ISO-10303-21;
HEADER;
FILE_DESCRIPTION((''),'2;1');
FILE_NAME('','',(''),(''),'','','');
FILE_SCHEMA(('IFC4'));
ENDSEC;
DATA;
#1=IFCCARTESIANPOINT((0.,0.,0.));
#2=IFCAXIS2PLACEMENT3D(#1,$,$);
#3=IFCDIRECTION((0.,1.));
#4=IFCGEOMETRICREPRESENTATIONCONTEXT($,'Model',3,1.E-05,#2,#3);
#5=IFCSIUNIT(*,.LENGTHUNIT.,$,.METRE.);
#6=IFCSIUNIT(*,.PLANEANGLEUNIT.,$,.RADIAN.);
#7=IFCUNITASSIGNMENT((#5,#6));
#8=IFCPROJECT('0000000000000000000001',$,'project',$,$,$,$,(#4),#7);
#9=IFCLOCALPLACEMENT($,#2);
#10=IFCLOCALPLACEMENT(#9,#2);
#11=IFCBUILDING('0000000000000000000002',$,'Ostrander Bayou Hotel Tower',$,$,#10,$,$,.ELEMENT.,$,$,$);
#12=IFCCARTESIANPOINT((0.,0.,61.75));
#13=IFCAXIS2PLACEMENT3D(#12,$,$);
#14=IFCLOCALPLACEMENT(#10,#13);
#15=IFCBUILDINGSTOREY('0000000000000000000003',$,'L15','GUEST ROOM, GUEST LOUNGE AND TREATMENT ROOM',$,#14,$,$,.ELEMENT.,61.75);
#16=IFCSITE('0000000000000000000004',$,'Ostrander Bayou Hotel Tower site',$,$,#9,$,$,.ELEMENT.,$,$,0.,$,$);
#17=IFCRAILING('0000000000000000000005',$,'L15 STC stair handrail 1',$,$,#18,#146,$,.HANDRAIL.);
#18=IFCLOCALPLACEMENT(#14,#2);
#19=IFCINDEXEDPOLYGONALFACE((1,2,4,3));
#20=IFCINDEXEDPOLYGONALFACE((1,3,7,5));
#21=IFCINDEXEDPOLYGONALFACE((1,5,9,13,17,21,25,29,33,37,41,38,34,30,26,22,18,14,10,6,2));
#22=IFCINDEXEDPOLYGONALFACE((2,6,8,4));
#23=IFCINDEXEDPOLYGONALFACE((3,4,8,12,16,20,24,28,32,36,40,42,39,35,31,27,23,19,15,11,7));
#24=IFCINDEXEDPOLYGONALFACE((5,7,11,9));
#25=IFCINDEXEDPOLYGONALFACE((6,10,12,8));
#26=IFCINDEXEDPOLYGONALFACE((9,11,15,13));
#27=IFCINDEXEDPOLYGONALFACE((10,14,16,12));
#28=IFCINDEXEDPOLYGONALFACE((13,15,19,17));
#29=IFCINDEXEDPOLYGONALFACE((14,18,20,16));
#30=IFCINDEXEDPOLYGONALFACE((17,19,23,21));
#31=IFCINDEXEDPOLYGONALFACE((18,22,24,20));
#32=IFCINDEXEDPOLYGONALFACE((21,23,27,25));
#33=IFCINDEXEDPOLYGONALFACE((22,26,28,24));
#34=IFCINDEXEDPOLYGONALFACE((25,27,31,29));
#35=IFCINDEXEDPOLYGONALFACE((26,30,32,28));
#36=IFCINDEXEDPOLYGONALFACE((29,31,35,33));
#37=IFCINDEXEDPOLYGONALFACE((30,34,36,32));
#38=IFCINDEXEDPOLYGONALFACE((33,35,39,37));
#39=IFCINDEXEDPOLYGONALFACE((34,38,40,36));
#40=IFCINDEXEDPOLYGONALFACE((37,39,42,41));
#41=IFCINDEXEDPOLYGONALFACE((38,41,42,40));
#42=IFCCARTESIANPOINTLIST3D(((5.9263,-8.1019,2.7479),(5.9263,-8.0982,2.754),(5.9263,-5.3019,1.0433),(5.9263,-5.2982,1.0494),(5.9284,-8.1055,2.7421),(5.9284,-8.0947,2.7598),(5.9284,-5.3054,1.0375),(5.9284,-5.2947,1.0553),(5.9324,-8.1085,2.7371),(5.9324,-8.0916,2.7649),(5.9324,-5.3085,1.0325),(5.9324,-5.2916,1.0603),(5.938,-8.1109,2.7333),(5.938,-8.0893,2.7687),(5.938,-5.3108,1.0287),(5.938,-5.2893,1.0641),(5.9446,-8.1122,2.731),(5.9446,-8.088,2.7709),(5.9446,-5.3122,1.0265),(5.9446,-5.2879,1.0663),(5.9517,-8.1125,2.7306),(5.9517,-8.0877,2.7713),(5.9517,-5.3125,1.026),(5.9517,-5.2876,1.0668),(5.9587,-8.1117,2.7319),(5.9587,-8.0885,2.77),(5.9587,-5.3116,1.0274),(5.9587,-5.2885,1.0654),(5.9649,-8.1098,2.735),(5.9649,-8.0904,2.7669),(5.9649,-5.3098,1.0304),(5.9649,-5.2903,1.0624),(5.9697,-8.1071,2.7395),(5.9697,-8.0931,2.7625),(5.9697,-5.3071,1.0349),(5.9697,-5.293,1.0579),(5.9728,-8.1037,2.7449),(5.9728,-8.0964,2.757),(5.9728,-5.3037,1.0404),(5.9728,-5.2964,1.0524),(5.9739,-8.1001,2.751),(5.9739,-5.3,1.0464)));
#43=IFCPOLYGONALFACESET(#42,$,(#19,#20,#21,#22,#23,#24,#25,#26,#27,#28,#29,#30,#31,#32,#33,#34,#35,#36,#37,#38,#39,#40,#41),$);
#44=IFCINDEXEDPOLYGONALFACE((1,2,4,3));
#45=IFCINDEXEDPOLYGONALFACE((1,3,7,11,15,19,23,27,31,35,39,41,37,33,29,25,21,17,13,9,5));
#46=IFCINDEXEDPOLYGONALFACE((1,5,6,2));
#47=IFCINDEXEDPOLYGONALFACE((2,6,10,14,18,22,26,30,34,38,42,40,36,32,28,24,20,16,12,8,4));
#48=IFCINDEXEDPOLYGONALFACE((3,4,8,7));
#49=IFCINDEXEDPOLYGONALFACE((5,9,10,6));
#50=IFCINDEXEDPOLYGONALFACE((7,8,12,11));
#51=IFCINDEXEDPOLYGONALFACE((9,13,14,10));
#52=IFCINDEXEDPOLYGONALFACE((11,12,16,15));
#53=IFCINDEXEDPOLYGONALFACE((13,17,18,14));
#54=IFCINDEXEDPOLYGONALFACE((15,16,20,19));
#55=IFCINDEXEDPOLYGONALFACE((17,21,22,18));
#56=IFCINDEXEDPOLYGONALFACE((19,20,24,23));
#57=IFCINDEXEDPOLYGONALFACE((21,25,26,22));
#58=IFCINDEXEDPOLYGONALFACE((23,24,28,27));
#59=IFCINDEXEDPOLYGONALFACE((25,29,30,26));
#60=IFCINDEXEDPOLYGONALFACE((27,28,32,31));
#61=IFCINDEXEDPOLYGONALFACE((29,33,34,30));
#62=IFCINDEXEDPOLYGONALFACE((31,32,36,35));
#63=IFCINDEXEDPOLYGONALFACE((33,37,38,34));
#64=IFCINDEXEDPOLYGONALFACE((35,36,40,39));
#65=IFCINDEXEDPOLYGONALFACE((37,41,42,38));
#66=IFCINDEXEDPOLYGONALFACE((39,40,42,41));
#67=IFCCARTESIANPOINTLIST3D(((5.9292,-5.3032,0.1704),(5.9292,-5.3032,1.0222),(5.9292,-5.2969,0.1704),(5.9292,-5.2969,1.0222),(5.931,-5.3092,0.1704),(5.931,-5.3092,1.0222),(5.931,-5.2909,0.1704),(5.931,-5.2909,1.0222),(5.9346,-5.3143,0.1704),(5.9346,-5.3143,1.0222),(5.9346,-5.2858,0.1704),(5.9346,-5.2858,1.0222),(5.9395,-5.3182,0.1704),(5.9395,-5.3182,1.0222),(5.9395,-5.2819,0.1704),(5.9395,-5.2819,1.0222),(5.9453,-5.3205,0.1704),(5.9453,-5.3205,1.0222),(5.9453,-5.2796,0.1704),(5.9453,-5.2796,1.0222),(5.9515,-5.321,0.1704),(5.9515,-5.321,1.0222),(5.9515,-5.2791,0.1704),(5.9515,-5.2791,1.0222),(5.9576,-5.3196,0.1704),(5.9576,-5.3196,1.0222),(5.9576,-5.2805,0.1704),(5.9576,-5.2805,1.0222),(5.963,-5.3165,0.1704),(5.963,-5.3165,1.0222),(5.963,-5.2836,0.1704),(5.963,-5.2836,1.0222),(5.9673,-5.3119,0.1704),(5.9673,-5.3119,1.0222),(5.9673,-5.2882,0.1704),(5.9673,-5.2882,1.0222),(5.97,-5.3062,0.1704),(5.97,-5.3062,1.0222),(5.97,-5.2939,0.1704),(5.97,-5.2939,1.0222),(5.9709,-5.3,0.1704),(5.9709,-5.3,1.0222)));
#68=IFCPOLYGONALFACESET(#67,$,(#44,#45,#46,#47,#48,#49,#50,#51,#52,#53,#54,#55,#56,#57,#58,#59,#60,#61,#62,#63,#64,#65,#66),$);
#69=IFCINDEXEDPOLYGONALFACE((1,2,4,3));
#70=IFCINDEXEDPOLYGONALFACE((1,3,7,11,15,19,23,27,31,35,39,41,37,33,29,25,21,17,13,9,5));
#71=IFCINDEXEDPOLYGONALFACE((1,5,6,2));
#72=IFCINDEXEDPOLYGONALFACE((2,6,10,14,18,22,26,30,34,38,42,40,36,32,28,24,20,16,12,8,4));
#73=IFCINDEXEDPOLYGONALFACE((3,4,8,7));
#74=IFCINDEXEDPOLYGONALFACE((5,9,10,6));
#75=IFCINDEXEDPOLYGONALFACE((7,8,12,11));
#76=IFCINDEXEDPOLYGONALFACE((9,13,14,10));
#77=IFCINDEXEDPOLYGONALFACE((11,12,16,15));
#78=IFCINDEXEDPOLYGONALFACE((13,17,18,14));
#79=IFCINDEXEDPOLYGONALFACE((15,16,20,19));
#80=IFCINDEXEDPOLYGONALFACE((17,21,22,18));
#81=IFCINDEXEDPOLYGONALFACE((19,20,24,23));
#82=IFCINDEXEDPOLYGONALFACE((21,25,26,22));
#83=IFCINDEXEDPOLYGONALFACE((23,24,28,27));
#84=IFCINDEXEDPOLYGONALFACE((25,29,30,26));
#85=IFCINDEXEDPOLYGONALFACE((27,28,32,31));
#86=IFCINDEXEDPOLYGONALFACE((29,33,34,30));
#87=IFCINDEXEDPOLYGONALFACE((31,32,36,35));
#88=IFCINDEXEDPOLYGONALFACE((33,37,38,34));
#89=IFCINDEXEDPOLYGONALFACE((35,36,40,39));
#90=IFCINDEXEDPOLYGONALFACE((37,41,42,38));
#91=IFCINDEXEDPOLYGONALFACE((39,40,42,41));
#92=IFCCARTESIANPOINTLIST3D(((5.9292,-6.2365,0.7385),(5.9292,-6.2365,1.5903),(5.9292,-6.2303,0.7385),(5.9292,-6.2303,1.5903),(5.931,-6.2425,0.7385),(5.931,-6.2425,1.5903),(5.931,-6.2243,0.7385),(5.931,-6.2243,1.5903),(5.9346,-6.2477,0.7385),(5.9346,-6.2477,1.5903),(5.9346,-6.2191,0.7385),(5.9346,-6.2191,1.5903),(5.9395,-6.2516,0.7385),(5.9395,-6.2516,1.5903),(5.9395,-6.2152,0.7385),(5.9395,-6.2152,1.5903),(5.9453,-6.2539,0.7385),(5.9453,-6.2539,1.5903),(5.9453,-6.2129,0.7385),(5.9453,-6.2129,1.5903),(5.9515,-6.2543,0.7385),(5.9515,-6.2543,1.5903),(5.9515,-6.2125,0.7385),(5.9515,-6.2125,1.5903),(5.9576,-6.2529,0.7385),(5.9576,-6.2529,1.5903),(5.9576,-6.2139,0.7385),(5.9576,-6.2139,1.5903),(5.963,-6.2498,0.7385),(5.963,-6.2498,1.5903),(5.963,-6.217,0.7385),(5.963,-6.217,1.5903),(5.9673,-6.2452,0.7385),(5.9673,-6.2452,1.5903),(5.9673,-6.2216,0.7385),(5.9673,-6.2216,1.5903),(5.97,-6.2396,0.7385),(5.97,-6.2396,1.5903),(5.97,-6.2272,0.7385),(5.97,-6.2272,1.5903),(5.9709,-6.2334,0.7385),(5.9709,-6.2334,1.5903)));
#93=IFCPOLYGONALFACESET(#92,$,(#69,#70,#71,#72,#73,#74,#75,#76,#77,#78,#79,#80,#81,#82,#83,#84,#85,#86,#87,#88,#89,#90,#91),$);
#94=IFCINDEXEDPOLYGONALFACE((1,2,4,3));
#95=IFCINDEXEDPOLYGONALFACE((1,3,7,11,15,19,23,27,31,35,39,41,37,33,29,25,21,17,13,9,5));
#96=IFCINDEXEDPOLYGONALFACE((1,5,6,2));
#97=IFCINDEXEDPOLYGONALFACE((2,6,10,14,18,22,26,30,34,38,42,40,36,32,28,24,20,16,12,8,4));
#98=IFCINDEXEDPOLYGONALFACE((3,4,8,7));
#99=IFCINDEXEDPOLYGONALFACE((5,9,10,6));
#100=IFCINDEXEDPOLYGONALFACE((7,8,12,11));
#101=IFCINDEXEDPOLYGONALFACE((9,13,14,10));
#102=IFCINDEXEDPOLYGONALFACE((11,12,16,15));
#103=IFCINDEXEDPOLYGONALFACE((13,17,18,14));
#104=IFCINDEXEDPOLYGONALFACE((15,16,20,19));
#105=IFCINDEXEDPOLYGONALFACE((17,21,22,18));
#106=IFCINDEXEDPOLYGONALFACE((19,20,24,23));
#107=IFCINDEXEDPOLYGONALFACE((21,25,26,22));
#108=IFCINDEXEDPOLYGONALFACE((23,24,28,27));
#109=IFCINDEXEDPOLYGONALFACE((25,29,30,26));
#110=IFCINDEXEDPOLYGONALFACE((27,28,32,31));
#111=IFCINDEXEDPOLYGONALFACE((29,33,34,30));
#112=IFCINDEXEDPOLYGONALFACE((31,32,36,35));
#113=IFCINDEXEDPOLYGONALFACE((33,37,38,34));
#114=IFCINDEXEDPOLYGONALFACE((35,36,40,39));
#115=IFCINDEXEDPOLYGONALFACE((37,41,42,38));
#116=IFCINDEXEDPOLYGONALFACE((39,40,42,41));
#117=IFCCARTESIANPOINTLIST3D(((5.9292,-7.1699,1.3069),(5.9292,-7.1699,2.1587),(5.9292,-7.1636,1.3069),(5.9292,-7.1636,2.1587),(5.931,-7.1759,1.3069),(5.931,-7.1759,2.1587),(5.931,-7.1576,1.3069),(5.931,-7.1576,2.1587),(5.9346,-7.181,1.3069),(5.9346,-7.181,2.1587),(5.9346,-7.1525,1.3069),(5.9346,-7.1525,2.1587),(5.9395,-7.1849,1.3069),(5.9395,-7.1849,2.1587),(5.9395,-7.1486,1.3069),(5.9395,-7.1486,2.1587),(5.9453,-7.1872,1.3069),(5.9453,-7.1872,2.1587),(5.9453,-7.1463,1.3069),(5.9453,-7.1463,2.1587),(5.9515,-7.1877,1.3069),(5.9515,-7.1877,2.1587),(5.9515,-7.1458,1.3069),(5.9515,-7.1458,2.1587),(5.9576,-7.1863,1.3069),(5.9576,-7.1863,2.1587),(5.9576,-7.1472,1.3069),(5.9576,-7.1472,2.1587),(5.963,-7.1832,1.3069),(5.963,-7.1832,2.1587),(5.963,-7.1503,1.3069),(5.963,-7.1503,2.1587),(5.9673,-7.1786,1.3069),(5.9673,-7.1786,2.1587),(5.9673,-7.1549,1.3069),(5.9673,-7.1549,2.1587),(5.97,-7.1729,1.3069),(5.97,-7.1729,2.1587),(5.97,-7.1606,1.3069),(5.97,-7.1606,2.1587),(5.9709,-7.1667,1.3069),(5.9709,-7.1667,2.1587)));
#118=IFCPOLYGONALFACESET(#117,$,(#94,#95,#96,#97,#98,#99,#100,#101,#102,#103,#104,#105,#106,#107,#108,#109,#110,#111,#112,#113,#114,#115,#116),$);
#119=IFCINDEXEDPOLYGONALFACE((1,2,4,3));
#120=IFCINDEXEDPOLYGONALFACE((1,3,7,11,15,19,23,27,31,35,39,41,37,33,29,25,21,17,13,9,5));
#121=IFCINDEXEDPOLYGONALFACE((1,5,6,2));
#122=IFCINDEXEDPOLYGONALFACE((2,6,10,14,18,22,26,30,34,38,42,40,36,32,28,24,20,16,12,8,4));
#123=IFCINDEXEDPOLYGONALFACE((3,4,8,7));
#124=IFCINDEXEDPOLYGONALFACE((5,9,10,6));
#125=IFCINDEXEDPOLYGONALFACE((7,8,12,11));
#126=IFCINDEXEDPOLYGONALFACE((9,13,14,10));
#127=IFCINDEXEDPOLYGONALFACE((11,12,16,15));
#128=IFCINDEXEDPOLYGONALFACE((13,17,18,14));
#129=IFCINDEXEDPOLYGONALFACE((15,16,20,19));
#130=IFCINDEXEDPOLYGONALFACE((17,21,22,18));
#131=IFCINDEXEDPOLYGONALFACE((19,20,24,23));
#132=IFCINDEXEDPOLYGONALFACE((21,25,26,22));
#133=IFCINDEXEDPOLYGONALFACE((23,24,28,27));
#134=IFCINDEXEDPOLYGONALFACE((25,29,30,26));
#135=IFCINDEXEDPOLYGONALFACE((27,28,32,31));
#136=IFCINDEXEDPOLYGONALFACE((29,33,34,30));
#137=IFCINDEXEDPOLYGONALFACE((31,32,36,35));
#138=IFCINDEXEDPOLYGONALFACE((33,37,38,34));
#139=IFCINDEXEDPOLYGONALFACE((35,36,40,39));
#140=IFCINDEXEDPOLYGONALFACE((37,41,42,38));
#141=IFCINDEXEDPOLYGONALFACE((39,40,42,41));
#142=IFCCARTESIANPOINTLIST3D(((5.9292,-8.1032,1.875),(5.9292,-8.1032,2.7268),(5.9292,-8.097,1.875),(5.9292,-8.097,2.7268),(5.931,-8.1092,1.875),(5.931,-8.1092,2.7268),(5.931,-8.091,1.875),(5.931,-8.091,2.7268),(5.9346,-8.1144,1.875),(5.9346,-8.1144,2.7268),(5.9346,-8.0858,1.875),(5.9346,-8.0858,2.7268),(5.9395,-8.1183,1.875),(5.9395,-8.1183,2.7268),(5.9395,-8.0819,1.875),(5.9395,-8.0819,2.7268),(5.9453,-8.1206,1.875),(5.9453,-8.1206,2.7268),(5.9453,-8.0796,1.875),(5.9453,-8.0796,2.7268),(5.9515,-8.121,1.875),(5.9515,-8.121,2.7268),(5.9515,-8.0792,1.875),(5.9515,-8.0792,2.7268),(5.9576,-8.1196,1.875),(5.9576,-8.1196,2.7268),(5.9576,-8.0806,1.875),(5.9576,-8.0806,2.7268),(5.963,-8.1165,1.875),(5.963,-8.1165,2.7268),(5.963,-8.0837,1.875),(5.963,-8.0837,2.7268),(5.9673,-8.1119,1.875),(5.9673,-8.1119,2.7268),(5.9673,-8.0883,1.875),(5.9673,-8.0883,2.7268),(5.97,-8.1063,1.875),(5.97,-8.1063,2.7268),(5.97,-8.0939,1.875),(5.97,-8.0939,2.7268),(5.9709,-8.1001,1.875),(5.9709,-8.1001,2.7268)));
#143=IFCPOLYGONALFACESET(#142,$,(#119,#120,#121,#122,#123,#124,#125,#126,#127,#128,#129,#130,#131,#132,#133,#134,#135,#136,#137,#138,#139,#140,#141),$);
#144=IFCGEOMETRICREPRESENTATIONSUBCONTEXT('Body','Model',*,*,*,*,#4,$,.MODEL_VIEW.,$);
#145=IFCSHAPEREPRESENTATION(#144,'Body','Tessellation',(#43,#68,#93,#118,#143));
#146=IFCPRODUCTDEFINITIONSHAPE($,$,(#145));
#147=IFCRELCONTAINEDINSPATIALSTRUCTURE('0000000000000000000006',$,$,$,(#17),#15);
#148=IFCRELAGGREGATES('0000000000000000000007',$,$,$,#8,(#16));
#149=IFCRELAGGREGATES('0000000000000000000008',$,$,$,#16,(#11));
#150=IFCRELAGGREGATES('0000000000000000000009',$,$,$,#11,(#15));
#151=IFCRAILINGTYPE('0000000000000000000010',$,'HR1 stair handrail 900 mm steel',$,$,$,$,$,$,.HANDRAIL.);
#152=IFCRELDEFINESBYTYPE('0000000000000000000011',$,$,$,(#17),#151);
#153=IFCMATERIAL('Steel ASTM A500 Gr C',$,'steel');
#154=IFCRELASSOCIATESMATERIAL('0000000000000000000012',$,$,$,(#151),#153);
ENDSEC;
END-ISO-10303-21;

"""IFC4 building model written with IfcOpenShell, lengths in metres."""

from ifc_helpers import new_model, si_unit, direction, frame, origin, origin_2d, place, context, subcontext, project, spatial, circle, extrude, material, type_object, element, save


model = new_model("IFC4")

# Units and contexts
model_context = context("Model", 3, precision=1e-05, world=origin(), true_north=direction((0.0, 1.0)))
body_context = subcontext(model_context, "Body", "Model", "MODEL_VIEW")
ifc_project = project(units=[si_unit("LENGTHUNIT", "METRE"), si_unit("PLANEANGLEUNIT", "RADIAN")], contexts=[model_context])

# Site, building, storey
site_placement = place(None, origin())
site = spatial("IfcSite", under=ifc_project, at=site_placement, Name="Ostrander Bayou Hotel Tower site", CompositionType="ELEMENT", RefElevation=0.0)
building_placement = place(site_placement, origin())
building = spatial("IfcBuilding", under=site, at=building_placement, Name="Ostrander Bayou Hotel Tower", CompositionType="ELEMENT")
storey_placement = place(building_placement, frame((0.0, 0.0, 61.75)))
storey = spatial("IfcBuildingStorey", under=building, at=storey_placement, Name="L15", Description="GUEST ROOM, GUEST LOUNGE AND TREATMENT ROOM", CompositionType="ELEMENT", Elevation=61.75)

# Railing
ifc_material_1 = material(Name="Steel ASTM A500 Gr C", Category="steel")
railing_type_1 = type_object("IfcRailingType", Name="HR1 stair handrail 900 mm steel", PredefinedType="HANDRAIL", material=ifc_material_1)
railing_1_placement = place(storey_placement, frame((5.95, -5.3, 0.1704)))
element("IfcRailing", 1, at=railing_1_placement, inside=storey, type_object=railing_type_1, Name="L15 STC stair handrail 1", PredefinedType="HANDRAIL", context=body_context, shape_type="SweptSolid", body=[
    extrude(circle(Radius=0.0239, at=origin_2d()), frame((0.0, 0.0, 0.876), z_axis=(0.0, -0.85417, 0.519994), x_axis=(1.0, 0.0, 0.0)), (0.0, 0.0, 1.0), 3.2781),
    extrude(circle(Radius=0.021, at=origin_2d()), origin(), (0.0, 0.0, 1.0), 0.8518),
    extrude(circle(Radius=0.021, at=origin_2d()), frame((0.0, -0.9333, 0.5681)), (0.0, 0.0, 1.0), 0.8518),
    extrude(circle(Radius=0.021, at=origin_2d()), frame((0.0, -1.8667, 1.1365)), (0.0, 0.0, 1.0), 0.8518),
    extrude(circle(Radius=0.021, at=origin_2d()), frame((0.0, -2.8, 1.7046)), (0.0, 0.0, 1.0), 0.8518),
])

save(model, "model.ifc")
